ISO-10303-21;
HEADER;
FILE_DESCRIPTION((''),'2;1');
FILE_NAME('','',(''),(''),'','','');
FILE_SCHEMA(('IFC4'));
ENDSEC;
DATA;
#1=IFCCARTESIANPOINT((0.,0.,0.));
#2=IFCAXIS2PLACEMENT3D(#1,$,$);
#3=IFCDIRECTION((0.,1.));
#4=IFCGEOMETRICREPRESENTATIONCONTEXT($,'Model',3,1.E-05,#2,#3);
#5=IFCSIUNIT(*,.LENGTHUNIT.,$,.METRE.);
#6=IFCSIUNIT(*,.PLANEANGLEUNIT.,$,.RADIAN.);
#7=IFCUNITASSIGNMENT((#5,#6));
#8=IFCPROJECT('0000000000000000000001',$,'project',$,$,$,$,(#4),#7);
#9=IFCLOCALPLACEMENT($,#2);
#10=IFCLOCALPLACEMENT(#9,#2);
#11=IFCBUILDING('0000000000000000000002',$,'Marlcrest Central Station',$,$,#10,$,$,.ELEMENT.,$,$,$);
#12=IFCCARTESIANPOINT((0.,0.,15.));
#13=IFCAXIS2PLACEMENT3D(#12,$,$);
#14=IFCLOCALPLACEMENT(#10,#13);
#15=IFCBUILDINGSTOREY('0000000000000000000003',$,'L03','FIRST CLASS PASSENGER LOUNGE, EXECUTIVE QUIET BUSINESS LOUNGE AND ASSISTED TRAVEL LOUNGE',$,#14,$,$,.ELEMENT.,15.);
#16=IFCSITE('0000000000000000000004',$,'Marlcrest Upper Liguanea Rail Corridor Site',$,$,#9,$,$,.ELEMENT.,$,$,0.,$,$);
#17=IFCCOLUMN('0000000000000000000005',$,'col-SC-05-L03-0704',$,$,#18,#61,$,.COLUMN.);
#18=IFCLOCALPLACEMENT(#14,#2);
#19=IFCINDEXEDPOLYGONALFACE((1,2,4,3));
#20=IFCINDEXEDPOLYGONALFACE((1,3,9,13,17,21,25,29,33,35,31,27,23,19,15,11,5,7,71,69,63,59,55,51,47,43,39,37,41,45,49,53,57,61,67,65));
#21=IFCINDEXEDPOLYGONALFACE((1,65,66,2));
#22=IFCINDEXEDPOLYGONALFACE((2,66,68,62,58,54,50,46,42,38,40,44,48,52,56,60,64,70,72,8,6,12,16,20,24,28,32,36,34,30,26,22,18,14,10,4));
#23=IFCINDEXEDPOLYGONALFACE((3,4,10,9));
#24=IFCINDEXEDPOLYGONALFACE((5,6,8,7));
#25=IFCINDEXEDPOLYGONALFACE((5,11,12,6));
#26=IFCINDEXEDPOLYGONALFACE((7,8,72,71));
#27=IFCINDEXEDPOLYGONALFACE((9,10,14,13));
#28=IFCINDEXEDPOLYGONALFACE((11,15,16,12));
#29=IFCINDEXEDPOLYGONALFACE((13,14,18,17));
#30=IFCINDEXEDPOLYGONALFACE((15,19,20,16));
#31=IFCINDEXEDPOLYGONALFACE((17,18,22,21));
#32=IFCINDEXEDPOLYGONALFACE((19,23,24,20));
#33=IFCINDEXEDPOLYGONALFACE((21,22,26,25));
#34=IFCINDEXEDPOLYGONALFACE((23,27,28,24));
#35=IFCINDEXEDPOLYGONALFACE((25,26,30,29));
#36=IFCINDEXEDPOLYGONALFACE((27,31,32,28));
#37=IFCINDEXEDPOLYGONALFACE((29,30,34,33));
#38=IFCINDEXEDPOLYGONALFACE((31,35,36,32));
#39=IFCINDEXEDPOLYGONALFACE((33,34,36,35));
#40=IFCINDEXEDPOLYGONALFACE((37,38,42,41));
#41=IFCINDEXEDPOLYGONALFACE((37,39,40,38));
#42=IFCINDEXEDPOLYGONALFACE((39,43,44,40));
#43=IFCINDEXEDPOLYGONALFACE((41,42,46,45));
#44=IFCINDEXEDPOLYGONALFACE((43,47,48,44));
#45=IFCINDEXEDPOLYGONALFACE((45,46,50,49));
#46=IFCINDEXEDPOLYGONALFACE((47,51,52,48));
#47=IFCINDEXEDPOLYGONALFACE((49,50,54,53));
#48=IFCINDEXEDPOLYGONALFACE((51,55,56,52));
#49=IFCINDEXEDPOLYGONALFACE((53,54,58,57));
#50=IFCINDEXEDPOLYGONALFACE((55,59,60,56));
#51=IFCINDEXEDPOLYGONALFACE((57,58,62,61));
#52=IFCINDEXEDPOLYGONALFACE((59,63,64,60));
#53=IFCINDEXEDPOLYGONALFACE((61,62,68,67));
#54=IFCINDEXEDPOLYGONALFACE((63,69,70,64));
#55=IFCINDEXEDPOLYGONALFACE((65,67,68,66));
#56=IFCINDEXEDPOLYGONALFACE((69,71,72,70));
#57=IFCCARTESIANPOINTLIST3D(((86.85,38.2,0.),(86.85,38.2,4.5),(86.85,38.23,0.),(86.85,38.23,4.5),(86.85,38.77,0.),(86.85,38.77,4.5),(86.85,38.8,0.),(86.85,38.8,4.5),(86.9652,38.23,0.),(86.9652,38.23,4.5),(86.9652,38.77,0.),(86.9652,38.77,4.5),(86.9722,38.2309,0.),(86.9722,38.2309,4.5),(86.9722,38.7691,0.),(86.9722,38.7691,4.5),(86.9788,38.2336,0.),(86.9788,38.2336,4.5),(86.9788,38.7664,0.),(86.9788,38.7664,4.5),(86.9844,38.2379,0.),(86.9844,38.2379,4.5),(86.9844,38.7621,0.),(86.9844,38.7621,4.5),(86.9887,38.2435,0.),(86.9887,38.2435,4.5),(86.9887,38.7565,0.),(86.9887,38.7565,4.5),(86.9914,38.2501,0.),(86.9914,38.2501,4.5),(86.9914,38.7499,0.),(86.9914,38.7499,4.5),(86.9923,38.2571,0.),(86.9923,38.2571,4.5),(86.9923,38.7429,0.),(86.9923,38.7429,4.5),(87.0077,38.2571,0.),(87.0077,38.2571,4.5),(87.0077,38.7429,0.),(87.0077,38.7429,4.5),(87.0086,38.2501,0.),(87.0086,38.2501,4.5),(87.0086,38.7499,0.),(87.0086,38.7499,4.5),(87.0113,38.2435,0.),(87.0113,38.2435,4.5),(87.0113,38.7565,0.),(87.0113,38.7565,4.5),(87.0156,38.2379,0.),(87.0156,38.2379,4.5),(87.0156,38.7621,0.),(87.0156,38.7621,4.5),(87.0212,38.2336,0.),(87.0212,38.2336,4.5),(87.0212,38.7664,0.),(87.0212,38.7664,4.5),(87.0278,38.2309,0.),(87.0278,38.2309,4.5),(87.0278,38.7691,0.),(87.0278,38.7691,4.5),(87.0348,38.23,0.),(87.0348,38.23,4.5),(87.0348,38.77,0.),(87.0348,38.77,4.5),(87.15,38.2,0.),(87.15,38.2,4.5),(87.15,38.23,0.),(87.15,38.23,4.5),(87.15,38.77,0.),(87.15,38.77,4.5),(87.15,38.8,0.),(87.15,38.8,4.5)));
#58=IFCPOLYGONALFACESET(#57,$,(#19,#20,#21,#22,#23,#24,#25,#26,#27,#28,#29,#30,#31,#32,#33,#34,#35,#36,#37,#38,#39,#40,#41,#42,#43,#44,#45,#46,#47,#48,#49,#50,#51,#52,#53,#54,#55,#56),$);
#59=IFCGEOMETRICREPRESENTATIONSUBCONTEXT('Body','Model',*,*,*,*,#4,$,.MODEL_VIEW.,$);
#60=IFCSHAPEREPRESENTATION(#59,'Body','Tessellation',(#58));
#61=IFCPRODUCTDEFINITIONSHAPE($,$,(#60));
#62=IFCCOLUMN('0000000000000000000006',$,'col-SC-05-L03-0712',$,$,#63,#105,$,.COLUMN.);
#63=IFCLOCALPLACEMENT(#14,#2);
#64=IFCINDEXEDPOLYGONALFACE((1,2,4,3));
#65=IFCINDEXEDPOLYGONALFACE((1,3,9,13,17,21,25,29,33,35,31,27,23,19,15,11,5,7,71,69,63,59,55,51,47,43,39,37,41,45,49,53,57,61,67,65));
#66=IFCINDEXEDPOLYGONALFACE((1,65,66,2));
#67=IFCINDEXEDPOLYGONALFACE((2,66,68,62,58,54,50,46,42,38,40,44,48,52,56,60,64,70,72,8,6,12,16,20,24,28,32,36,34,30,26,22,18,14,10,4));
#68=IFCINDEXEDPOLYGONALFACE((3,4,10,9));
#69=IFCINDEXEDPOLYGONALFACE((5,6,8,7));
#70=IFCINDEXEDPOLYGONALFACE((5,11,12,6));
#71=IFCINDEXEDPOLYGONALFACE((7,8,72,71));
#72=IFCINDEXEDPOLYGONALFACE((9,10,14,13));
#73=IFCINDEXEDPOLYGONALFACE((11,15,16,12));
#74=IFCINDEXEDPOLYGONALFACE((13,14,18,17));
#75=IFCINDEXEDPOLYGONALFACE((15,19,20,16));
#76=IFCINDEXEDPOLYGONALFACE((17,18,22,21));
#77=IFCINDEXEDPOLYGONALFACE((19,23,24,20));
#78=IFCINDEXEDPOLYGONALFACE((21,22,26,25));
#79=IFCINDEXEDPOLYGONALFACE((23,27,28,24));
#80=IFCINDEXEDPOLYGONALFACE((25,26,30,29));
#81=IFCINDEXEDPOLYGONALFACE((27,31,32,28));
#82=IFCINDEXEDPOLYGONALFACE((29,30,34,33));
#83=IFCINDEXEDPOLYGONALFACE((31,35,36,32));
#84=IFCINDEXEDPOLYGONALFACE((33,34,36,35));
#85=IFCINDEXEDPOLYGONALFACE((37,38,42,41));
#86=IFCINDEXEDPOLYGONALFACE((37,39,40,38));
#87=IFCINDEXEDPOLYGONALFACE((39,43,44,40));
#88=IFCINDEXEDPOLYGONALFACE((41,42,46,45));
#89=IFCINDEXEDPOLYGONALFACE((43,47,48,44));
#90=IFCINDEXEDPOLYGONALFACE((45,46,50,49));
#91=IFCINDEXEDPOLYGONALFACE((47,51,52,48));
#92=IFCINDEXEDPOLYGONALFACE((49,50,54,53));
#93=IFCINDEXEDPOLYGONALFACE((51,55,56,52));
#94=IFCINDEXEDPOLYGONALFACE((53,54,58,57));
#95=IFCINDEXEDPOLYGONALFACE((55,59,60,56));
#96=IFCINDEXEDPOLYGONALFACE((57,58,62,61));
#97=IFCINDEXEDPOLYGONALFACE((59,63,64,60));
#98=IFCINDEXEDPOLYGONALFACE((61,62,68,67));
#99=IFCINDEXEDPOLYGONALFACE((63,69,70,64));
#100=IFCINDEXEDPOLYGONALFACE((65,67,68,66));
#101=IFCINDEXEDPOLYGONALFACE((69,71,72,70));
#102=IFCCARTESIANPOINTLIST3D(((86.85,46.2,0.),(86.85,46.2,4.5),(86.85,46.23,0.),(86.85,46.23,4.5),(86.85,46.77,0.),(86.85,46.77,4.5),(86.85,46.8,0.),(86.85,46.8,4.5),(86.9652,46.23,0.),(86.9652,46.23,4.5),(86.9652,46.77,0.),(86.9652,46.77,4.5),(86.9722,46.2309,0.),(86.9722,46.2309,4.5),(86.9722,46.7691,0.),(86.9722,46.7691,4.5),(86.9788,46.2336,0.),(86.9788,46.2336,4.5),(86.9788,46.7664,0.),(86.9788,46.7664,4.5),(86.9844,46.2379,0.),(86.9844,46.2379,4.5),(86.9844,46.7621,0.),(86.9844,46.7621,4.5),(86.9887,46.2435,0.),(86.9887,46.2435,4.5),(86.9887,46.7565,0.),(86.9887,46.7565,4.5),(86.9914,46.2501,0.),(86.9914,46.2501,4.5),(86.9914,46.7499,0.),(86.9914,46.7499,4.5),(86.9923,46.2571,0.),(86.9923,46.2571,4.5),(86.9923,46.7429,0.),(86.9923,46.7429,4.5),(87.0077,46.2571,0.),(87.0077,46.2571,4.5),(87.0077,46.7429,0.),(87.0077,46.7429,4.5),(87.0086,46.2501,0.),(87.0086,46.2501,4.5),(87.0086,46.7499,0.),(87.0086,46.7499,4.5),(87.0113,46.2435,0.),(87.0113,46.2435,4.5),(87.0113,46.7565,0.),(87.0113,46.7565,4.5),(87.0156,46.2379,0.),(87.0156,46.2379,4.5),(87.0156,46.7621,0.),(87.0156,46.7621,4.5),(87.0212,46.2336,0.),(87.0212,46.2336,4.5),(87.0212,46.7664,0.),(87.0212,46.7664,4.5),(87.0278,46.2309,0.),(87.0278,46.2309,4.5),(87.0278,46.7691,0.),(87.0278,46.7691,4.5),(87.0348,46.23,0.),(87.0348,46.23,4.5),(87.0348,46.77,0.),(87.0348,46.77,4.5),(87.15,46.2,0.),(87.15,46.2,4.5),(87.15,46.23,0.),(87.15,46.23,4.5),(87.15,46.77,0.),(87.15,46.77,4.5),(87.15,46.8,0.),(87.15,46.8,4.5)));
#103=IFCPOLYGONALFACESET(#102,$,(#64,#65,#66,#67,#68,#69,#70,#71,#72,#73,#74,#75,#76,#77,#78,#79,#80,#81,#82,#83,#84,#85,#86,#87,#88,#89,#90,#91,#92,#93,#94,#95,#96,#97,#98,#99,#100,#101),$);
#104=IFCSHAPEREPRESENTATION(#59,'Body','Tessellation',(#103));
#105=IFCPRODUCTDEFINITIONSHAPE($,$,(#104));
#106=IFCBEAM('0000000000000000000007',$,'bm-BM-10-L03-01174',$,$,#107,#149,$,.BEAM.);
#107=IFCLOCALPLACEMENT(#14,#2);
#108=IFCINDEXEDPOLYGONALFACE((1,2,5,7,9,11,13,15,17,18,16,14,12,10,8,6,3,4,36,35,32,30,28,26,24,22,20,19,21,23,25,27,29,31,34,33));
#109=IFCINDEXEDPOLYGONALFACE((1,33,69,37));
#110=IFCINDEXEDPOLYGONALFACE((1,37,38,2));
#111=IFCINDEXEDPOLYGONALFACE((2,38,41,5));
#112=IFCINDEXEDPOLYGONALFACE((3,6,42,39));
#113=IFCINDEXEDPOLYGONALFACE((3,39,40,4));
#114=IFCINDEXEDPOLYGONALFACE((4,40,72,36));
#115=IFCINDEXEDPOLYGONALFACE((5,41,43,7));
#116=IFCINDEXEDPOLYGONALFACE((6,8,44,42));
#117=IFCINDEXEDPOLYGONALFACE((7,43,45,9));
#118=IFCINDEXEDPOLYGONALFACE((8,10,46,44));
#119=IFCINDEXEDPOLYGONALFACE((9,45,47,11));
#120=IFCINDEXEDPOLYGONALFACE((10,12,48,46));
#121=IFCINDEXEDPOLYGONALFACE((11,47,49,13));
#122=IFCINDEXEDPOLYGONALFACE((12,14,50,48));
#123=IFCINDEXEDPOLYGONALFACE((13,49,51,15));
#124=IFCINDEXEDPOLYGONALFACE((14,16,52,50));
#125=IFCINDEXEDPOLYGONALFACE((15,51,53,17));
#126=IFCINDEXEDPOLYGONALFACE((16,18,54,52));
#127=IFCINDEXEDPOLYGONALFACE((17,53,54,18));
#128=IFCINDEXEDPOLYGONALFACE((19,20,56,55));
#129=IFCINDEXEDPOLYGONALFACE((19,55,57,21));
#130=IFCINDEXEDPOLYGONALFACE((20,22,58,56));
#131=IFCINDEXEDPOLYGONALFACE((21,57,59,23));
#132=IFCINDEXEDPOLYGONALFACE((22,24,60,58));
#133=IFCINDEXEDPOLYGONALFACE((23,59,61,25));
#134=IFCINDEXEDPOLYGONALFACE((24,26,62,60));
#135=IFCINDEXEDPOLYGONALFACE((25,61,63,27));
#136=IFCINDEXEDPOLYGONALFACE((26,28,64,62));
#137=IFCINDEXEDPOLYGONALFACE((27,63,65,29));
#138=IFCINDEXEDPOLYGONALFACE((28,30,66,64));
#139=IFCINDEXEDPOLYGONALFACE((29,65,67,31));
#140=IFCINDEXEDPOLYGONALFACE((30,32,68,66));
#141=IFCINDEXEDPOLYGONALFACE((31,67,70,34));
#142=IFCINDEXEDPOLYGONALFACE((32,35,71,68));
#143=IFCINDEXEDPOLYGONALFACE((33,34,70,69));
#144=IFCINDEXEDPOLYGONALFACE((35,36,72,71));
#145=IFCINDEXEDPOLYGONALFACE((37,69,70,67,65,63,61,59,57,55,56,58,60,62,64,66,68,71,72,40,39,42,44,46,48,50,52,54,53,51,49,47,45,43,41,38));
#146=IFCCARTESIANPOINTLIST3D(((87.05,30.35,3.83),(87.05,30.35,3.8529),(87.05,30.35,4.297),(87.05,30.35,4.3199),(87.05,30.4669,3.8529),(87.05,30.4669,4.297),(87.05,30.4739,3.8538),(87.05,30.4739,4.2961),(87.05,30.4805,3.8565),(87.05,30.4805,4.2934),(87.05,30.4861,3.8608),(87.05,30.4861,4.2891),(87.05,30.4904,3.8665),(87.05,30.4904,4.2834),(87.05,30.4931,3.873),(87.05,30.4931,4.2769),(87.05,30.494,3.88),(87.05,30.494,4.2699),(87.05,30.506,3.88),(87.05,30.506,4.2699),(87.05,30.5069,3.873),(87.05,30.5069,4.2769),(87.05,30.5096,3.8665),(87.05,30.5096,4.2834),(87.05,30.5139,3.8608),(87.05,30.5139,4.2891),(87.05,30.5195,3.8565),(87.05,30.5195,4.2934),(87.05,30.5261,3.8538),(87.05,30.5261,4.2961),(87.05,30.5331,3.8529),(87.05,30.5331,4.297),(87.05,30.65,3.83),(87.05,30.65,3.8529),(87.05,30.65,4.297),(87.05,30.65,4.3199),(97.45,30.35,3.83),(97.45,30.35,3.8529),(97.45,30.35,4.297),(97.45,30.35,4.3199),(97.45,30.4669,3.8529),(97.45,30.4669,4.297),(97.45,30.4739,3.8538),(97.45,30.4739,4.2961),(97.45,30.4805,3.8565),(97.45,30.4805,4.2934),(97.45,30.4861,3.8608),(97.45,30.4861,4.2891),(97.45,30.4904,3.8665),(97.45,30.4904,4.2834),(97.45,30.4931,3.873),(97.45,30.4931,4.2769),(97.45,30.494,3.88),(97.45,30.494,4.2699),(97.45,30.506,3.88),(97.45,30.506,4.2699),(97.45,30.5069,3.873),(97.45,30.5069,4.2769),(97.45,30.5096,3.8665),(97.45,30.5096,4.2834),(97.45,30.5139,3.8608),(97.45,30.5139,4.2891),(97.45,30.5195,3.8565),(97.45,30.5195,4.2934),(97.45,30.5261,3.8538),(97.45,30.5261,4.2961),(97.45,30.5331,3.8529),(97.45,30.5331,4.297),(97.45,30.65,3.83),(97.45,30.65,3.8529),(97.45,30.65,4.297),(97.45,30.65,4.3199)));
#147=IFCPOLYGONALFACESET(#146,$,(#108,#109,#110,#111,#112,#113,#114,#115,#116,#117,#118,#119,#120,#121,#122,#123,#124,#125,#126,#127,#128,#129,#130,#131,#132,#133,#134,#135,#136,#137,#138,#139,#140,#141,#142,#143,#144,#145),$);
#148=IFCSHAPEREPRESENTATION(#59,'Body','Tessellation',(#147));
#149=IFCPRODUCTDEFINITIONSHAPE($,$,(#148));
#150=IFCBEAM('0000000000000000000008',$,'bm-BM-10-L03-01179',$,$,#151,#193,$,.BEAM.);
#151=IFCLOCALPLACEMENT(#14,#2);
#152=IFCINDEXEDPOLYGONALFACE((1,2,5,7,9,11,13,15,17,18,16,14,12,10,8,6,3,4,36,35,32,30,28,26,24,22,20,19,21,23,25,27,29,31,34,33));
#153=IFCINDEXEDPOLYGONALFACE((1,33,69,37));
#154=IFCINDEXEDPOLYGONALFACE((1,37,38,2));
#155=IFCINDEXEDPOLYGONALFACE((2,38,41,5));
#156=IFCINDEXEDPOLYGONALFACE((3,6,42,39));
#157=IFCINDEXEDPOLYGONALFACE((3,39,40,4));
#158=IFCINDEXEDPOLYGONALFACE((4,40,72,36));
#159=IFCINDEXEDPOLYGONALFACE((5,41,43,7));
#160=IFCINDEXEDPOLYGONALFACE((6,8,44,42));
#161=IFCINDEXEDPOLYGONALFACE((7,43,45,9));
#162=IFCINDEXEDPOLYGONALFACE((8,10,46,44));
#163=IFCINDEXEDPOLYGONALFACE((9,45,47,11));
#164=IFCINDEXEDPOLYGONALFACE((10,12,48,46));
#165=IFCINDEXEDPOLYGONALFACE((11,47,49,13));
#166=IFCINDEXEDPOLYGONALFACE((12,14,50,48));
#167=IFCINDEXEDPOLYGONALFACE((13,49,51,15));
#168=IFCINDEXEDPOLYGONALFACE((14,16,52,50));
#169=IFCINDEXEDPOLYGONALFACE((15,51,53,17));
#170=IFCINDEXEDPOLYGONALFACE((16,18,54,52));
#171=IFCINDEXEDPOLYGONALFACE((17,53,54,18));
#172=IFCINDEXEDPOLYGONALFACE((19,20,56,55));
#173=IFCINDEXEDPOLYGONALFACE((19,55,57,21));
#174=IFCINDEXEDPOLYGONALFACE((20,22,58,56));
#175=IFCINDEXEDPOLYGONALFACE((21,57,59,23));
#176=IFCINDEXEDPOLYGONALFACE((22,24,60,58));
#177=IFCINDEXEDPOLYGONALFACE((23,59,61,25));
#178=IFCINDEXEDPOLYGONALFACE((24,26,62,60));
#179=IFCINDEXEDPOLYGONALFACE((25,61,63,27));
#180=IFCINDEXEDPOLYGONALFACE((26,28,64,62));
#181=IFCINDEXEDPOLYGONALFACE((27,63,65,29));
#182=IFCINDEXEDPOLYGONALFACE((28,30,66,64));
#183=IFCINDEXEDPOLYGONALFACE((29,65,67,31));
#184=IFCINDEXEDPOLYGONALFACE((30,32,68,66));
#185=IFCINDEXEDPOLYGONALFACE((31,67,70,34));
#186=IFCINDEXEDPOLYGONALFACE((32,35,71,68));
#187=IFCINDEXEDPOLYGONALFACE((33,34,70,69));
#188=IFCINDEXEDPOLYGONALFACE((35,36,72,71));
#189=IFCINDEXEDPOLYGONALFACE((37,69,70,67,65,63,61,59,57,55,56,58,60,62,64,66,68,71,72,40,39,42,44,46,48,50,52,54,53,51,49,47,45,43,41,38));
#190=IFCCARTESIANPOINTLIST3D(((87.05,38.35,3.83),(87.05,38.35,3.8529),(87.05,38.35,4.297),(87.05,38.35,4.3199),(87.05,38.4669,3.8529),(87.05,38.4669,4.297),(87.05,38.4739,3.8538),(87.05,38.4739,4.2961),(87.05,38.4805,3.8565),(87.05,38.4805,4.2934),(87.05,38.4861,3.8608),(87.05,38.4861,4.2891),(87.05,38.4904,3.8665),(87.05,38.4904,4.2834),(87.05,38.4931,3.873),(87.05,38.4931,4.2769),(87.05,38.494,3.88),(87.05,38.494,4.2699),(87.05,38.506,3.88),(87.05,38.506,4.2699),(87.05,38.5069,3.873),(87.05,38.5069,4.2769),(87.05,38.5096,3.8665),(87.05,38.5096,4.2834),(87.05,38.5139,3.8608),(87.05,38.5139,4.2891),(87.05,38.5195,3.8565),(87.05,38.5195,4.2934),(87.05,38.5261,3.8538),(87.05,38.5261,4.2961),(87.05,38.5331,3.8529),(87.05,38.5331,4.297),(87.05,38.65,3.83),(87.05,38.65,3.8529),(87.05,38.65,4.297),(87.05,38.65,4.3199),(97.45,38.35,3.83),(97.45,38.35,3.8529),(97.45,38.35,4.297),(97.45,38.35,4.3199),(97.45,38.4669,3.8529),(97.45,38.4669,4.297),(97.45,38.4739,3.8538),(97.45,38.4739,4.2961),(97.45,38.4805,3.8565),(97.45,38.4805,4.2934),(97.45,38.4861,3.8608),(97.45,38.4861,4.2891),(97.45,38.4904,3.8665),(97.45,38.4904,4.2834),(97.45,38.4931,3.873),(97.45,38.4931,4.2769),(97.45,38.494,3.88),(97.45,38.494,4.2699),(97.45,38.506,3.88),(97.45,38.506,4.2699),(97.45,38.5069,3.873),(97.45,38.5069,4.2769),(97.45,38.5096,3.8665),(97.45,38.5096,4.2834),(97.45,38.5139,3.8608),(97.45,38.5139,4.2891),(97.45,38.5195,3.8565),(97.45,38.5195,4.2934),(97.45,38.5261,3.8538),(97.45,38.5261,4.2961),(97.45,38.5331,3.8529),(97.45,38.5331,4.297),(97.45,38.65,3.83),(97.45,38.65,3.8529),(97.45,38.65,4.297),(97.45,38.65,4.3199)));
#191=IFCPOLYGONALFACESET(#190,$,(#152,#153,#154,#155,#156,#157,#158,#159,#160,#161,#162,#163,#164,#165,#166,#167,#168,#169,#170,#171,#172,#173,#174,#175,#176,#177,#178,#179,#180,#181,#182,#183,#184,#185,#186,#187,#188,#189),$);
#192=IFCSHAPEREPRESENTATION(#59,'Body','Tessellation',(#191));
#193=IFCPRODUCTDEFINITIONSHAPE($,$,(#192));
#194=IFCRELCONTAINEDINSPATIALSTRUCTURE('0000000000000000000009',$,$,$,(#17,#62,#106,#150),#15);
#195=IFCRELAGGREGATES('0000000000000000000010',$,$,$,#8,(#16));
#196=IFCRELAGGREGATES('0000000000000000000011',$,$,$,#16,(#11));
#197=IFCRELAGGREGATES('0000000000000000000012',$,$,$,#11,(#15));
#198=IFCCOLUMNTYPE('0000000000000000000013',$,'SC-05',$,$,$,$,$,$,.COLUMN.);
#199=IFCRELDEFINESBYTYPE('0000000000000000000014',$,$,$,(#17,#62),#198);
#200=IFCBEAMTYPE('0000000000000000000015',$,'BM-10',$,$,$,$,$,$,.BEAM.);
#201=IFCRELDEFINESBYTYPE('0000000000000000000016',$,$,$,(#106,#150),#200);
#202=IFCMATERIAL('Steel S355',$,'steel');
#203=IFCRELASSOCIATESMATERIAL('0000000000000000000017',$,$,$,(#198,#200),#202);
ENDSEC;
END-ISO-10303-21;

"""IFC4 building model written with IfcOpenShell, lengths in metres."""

from ifc_helpers import new_model, si_unit, direction, frame, origin, origin_2d, place, context, subcontext, project, spatial, i_section, extrude, material, material_profile, profile_set, type_object, element, save


model = new_model("IFC4")

# Units and contexts
model_context = context("Model", 3, precision=1e-05, world=origin(), true_north=direction((0.0, 1.0)))
body_context = subcontext(model_context, "Body", "Model", "MODEL_VIEW")
ifc_project = project(units=[si_unit("LENGTHUNIT", "METRE"), si_unit("PLANEANGLEUNIT", "RADIAN")], contexts=[model_context])

# Site, building, storey
site_placement = place(None, origin())
site = spatial("IfcSite", under=ifc_project, at=site_placement, Name="Marlcrest Upper Liguanea Rail Corridor Site", CompositionType="ELEMENT", RefElevation=0.0)
building_placement = place(site_placement, origin())
building = spatial("IfcBuilding", under=site, at=building_placement, Name="Marlcrest Central Station", CompositionType="ELEMENT")
storey_placement = place(building_placement, frame((0.0, 0.0, 15.0)))
storey = spatial("IfcBuildingStorey", under=building, at=storey_placement, Name="L03", Description="FIRST CLASS PASSENGER LOUNGE, EXECUTIVE QUIET BUSINESS LOUNGE AND ASSISTED TRAVEL LOUNGE", CompositionType="ELEMENT", Elevation=15.0)

# Columns
ifc_material_1 = material(Name="Steel S355", Category="steel")
ifc_material_profile_1 = material_profile(ifc_material_1, i_section(OverallWidth=0.3, OverallDepth=0.6001, WebThickness=0.0154, FlangeThickness=0.03, FilletRadius=0.0271, at=origin_2d()), Name="HEB 600")
ifc_profile_set_1 = profile_set([ifc_material_profile_1], Name="Steel S355")
column_type = type_object("IfcColumnType", Name="SC-05", PredefinedType="COLUMN", material=ifc_profile_set_1)
for number, where, z_axis, x_axis, name in (
    (1, (87.0, 38.5, 0.0), (0.0, 0.0, 1.0), (1.0, 0.0, 0.0), "col-SC-05-L03-0704"),
    (2, (87.0, 46.5, 0.0), (0.0, 0.0, 1.0), (1.0, 0.0, 0.0), "col-SC-05-L03-0712"),
):
    element("IfcColumn", number, at=place(storey_placement, frame(where, z_axis=z_axis, x_axis=x_axis)), inside=storey, type_object=column_type, Name=name, PredefinedType="COLUMN", context=body_context, shape_type="SweptSolid", body=[
        extrude(i_section(OverallWidth=0.3, OverallDepth=0.6001, WebThickness=0.0154, FlangeThickness=0.03, FilletRadius=0.0271, at=origin_2d()), origin(), (0.0, 0.0, 1.0), 4.5),
    ])

# Beams
ifc_material_profile_2 = material_profile(ifc_material_1, i_section(OverallWidth=0.3, OverallDepth=0.49, WebThickness=0.012, FlangeThickness=0.0229, FilletRadius=0.0271, at=origin_2d()), Name="HEA 500")
ifc_profile_set_2 = profile_set([ifc_material_profile_2], Name="Steel S355")
beam_type = type_object("IfcBeamType", Name="BM-10", PredefinedType="BEAM", material=ifc_profile_set_2)
for number, where, z_axis, x_axis, name in (
    (3, (87.05, 30.5, 4.075), (1.0, 0.0, 0.0), (0.0, 1.0, 0.0), "bm-BM-10-L03-01174"),
    (4, (87.05, 38.5, 4.075), (1.0, 0.0, 0.0), (0.0, 1.0, 0.0), "bm-BM-10-L03-01179"),
):
    element("IfcBeam", number, at=place(storey_placement, frame(where, z_axis=z_axis, x_axis=x_axis)), inside=storey, type_object=beam_type, Name=name, PredefinedType="BEAM", context=body_context, shape_type="SweptSolid", body=[
        extrude(i_section(OverallWidth=0.3, OverallDepth=0.49, WebThickness=0.012, FlangeThickness=0.0229, FilletRadius=0.0271, at=origin_2d()), origin(), (0.0, 0.0, 1.0), 10.3999),
    ])

save(model, "model.ifc")
